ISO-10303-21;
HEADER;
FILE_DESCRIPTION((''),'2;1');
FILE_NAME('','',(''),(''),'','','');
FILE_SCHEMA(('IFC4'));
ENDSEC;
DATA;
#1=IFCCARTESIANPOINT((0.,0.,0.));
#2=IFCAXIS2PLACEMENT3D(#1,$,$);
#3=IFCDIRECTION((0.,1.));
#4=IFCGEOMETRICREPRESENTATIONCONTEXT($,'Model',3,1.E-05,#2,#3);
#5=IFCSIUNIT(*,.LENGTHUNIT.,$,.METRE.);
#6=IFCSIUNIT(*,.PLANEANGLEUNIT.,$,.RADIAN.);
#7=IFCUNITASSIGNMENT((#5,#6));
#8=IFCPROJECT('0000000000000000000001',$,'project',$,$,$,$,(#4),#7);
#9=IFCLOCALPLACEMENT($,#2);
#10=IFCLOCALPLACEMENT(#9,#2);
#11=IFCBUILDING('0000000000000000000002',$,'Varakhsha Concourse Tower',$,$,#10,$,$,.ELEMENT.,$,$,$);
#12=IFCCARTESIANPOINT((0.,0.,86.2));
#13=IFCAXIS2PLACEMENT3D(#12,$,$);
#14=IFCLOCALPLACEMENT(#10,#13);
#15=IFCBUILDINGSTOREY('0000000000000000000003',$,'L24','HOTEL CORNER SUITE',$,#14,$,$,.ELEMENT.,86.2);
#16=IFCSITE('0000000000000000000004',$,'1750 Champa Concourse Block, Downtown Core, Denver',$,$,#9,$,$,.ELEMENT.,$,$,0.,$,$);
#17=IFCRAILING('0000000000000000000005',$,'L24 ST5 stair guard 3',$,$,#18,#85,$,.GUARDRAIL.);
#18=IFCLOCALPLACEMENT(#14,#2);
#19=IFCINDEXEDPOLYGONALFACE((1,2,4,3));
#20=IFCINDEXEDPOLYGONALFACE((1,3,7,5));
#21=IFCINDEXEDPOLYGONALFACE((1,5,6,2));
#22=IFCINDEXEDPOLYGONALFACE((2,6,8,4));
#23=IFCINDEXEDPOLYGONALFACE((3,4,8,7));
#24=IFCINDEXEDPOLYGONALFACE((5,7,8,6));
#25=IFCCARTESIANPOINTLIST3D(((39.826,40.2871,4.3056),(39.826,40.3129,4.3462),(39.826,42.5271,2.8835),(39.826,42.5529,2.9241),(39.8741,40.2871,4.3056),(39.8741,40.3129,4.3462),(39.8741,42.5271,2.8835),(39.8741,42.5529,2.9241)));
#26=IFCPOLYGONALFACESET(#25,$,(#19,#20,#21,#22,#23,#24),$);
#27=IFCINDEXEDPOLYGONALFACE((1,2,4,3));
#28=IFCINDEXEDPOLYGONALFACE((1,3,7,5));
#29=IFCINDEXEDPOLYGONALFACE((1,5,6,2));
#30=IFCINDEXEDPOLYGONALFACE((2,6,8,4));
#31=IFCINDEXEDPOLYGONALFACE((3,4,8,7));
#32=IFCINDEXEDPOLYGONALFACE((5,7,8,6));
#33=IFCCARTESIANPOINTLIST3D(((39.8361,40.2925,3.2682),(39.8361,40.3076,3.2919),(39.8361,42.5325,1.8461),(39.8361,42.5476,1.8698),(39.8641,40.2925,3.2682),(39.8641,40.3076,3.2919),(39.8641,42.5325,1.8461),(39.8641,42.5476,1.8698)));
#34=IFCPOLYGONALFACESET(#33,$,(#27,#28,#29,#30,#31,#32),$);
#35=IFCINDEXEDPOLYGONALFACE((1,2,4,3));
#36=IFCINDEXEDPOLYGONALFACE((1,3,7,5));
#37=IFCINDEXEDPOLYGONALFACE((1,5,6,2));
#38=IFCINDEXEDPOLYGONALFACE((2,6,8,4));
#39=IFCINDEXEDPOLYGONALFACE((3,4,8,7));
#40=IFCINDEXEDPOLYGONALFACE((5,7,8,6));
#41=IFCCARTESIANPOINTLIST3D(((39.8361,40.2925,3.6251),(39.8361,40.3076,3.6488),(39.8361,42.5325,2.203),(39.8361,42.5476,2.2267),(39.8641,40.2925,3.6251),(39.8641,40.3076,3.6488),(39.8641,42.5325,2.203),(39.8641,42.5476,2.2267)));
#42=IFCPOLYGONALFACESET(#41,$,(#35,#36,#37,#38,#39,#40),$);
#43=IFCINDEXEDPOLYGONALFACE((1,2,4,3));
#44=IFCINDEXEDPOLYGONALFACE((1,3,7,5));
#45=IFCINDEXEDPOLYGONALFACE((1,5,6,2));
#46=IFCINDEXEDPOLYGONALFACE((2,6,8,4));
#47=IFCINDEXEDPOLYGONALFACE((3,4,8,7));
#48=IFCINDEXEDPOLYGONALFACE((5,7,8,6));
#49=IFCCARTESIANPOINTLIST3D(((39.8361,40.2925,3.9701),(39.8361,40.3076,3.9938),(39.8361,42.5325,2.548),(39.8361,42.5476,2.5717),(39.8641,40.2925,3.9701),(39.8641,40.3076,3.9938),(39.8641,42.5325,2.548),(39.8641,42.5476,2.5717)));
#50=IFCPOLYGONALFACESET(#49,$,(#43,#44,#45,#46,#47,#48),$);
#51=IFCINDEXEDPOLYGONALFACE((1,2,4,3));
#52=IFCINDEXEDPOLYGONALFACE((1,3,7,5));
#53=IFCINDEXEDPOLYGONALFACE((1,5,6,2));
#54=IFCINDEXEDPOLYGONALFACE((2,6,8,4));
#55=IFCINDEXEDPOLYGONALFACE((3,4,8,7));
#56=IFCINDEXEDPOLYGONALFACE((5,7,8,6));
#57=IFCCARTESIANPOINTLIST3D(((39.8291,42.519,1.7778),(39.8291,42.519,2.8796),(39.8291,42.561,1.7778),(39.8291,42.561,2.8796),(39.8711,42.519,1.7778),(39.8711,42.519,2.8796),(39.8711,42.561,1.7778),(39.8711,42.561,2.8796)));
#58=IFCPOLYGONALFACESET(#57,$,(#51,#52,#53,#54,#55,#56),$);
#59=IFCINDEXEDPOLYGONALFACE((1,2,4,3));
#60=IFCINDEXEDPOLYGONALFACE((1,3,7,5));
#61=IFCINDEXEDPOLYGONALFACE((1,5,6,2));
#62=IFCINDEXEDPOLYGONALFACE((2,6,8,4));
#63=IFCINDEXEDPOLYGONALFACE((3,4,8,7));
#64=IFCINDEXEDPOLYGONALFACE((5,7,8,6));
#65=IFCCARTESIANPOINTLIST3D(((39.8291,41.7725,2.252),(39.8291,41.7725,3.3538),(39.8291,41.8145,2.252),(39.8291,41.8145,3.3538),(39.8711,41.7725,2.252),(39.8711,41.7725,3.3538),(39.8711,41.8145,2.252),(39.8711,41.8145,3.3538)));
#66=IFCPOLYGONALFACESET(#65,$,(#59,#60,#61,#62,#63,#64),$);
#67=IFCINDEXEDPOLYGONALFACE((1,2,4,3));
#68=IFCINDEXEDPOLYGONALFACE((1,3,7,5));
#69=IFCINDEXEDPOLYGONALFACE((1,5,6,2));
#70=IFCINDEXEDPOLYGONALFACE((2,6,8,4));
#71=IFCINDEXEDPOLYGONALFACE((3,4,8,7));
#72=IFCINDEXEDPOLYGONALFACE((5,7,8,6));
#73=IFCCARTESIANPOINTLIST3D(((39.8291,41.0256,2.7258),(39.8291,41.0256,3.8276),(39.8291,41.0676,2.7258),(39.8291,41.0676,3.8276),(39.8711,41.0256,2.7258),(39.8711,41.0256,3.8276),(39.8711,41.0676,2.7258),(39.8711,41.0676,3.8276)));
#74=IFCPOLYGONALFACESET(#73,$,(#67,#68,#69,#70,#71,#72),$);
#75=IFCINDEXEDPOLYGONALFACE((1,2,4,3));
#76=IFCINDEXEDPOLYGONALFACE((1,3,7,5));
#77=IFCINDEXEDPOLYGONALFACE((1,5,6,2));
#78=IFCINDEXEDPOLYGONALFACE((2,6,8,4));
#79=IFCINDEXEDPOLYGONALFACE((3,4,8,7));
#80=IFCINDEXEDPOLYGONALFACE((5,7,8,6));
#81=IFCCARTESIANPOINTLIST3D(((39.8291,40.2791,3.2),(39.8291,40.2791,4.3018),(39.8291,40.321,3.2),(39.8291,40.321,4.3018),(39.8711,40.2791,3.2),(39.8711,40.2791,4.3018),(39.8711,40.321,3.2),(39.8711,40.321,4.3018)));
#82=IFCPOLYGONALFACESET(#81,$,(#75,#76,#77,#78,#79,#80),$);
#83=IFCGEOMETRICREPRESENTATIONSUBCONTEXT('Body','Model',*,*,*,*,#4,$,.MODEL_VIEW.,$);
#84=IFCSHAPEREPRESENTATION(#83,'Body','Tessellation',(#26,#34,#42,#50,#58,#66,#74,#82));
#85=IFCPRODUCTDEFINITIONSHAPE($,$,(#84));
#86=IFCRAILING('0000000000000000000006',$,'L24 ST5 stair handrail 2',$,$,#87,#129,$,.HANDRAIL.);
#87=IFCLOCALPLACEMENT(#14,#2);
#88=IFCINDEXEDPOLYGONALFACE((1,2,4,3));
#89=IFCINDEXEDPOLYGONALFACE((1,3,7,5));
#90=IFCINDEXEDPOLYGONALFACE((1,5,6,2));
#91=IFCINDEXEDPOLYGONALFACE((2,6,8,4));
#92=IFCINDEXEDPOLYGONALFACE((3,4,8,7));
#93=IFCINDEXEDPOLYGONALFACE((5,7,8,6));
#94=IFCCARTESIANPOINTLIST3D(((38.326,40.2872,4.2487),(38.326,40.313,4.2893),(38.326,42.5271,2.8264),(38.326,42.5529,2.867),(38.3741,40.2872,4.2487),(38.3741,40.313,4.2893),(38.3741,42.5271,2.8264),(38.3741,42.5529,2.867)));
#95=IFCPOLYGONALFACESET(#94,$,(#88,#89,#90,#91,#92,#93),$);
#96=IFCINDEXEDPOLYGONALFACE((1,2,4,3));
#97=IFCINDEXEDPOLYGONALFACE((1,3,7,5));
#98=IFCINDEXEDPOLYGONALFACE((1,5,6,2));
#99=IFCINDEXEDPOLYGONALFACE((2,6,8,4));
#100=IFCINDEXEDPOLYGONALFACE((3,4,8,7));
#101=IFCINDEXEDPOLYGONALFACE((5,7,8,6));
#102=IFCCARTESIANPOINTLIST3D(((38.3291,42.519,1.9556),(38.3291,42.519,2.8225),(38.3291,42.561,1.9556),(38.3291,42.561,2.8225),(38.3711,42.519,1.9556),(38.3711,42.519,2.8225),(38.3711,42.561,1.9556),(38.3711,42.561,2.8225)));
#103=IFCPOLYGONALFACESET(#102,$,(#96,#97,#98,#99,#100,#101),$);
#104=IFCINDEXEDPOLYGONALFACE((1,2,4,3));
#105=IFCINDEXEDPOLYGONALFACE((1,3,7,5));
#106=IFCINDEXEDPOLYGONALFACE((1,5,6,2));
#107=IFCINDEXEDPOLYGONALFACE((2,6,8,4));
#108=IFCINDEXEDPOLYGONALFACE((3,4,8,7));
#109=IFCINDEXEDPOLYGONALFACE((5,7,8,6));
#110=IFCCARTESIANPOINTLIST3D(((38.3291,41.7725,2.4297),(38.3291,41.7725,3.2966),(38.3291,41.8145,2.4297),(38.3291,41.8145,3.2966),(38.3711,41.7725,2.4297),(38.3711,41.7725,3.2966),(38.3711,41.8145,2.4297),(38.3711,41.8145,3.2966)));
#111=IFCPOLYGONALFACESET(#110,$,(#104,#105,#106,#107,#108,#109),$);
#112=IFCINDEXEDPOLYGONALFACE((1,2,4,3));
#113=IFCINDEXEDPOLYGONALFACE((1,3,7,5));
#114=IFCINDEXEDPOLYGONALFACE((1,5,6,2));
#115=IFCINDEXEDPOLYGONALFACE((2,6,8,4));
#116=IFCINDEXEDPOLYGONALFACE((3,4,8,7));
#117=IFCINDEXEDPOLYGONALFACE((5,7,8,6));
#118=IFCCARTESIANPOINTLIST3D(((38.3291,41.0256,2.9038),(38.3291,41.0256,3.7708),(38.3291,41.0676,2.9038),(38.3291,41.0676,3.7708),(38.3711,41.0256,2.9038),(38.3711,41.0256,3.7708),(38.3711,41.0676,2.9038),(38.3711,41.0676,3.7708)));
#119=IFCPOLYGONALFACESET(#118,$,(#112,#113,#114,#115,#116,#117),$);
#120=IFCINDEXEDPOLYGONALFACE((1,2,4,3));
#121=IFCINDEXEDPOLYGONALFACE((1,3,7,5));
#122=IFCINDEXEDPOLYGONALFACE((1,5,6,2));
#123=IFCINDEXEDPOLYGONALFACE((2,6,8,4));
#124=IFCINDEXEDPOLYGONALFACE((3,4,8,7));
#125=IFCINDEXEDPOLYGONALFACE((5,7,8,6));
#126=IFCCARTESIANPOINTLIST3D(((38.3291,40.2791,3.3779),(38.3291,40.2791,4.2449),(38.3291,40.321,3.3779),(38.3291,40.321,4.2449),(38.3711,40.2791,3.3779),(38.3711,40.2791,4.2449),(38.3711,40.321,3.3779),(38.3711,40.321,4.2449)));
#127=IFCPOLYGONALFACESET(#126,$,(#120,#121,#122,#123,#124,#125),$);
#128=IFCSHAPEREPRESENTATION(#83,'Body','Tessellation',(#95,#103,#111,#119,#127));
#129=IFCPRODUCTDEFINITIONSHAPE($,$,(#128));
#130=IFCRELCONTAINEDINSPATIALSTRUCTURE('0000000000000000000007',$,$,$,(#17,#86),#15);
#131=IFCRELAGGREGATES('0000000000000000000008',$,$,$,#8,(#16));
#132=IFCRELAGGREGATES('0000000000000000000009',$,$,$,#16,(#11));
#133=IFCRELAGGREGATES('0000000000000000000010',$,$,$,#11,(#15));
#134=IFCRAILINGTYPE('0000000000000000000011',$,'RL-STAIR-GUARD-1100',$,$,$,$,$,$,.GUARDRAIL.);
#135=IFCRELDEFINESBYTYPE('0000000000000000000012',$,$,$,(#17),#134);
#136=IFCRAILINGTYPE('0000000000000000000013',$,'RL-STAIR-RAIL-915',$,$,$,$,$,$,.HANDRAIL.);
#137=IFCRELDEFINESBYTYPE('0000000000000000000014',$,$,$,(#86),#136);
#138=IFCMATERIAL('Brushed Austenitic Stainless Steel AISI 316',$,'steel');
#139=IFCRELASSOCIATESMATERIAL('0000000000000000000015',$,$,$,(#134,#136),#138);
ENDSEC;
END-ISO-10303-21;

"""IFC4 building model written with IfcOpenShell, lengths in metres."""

from ifc_helpers import new_model, si_unit, direction, frame, origin, origin_2d, place, context, subcontext, project, spatial, rectangle, extrude, material, type_object, element, save


model = new_model("IFC4")

# Units and contexts
model_context = context("Model", 3, precision=1e-05, world=origin(), true_north=direction((0.0, 1.0)))
body_context = subcontext(model_context, "Body", "Model", "MODEL_VIEW")
ifc_project = project(units=[si_unit("LENGTHUNIT", "METRE"), si_unit("PLANEANGLEUNIT", "RADIAN")], contexts=[model_context])

# Site, building, storey
site_placement = place(None, origin())
site = spatial("IfcSite", under=ifc_project, at=site_placement, Name="1750 Champa Concourse Block, Downtown Core, Denver", CompositionType="ELEMENT", RefElevation=0.0)
building_placement = place(site_placement, origin())
building = spatial("IfcBuilding", under=site, at=building_placement, Name="Varakhsha Concourse Tower", CompositionType="ELEMENT")
storey_placement = place(building_placement, frame((0.0, 0.0, 86.2)))
storey = spatial("IfcBuildingStorey", under=building, at=storey_placement, Name="L24", Description="HOTEL CORNER SUITE", CompositionType="ELEMENT", Elevation=86.2)

# Railings
ifc_material_1 = material(Name="Brushed Austenitic Stainless Steel AISI 316", Category="steel")
railing_type_1 = type_object("IfcRailingType", Name="RL-STAIR-GUARD-1100", PredefinedType="GUARDRAIL", material=ifc_material_1)
railing_1_placement = place(storey_placement, frame((39.8501, 42.54, 1.7778)))
element("IfcRailing", 1, at=railing_1_placement, inside=storey, type_object=railing_type_1, Name="L24 ST5 stair guard 3", PredefinedType="GUARDRAIL", context=body_context, shape_type="SweptSolid", body=[
    extrude(rectangle(XDim=0.0481, YDim=0.0481, at=origin_2d()), frame((0.0, 0.0, 1.126), z_axis=(0.0, -0.844229, 0.535982), x_axis=(1.0, 0.0, 0.0)), (0.0, 0.0, 1.0), 2.6533),
    extrude(rectangle(XDim=0.0281, YDim=0.0281, at=origin_2d()), frame((0.0, 0.0, 0.0801), z_axis=(0.0, -0.844229, 0.535982), x_axis=(1.0, 0.0, 0.0)), (0.0, 0.0, 1.0), 2.6533),
    extrude(rectangle(XDim=0.0281, YDim=0.0281, at=origin_2d()), frame((0.0, 0.0, 0.437), z_axis=(0.0, -0.844229, 0.535982), x_axis=(1.0, 0.0, 0.0)), (0.0, 0.0, 1.0), 2.6533),
    extrude(rectangle(XDim=0.0281, YDim=0.0281, at=origin_2d()), frame((0.0, 0.0, 0.782), z_axis=(0.0, -0.844229, 0.535982), x_axis=(1.0, 0.0, 0.0)), (0.0, 0.0, 1.0), 2.6533),
    extrude(rectangle(XDim=0.042, YDim=0.042, at=origin_2d()), origin(), (0.0, 0.0, 1.0), 1.1018),
    extrude(rectangle(XDim=0.042, YDim=0.042, at=origin_2d()), frame((0.0, -0.7466, 0.4741)), (0.0, 0.0, 1.0), 1.1018),
    extrude(rectangle(XDim=0.042, YDim=0.042, at=origin_2d()), frame((0.0, -1.4934, 0.948)), (0.0, 0.0, 1.0), 1.1018),
    extrude(rectangle(XDim=0.042, YDim=0.042, at=origin_2d()), frame((0.0, -2.24, 1.4221)), (0.0, 0.0, 1.0), 1.1018),
])
railing_type_2 = type_object("IfcRailingType", Name="RL-STAIR-RAIL-915", PredefinedType="HANDRAIL", material=ifc_material_1)
railing_2_placement = place(storey_placement, frame((38.3501, 42.54, 1.9556)))
element("IfcRailing", 2, at=railing_2_placement, inside=storey, type_object=railing_type_2, Name="L24 ST5 stair handrail 2", PredefinedType="HANDRAIL", context=body_context, shape_type="SweptSolid", body=[
    extrude(rectangle(XDim=0.0481, YDim=0.0481, at=origin_2d()), frame((0.0, 0.0, 0.8911), z_axis=(0.0, -0.844188, 0.536048), x_axis=(1.0, 0.0, 0.0)), (0.0, 0.0, 1.0), 2.6533),
    extrude(rectangle(XDim=0.042, YDim=0.042, at=origin_2d()), origin(), (0.0, 0.0, 1.0), 0.8669),
    extrude(rectangle(XDim=0.042, YDim=0.042, at=origin_2d()), frame((0.0, -0.7466, 0.4741)), (0.0, 0.0, 1.0), 0.8669),
    extrude(rectangle(XDim=0.042, YDim=0.042, at=origin_2d()), frame((0.0, -1.4934, 0.9482)), (0.0, 0.0, 1.0), 0.8669),
    extrude(rectangle(XDim=0.042, YDim=0.042, at=origin_2d()), frame((0.0, -2.24, 1.4224)), (0.0, 0.0, 1.0), 0.8669),
])

save(model, "model.ifc")
